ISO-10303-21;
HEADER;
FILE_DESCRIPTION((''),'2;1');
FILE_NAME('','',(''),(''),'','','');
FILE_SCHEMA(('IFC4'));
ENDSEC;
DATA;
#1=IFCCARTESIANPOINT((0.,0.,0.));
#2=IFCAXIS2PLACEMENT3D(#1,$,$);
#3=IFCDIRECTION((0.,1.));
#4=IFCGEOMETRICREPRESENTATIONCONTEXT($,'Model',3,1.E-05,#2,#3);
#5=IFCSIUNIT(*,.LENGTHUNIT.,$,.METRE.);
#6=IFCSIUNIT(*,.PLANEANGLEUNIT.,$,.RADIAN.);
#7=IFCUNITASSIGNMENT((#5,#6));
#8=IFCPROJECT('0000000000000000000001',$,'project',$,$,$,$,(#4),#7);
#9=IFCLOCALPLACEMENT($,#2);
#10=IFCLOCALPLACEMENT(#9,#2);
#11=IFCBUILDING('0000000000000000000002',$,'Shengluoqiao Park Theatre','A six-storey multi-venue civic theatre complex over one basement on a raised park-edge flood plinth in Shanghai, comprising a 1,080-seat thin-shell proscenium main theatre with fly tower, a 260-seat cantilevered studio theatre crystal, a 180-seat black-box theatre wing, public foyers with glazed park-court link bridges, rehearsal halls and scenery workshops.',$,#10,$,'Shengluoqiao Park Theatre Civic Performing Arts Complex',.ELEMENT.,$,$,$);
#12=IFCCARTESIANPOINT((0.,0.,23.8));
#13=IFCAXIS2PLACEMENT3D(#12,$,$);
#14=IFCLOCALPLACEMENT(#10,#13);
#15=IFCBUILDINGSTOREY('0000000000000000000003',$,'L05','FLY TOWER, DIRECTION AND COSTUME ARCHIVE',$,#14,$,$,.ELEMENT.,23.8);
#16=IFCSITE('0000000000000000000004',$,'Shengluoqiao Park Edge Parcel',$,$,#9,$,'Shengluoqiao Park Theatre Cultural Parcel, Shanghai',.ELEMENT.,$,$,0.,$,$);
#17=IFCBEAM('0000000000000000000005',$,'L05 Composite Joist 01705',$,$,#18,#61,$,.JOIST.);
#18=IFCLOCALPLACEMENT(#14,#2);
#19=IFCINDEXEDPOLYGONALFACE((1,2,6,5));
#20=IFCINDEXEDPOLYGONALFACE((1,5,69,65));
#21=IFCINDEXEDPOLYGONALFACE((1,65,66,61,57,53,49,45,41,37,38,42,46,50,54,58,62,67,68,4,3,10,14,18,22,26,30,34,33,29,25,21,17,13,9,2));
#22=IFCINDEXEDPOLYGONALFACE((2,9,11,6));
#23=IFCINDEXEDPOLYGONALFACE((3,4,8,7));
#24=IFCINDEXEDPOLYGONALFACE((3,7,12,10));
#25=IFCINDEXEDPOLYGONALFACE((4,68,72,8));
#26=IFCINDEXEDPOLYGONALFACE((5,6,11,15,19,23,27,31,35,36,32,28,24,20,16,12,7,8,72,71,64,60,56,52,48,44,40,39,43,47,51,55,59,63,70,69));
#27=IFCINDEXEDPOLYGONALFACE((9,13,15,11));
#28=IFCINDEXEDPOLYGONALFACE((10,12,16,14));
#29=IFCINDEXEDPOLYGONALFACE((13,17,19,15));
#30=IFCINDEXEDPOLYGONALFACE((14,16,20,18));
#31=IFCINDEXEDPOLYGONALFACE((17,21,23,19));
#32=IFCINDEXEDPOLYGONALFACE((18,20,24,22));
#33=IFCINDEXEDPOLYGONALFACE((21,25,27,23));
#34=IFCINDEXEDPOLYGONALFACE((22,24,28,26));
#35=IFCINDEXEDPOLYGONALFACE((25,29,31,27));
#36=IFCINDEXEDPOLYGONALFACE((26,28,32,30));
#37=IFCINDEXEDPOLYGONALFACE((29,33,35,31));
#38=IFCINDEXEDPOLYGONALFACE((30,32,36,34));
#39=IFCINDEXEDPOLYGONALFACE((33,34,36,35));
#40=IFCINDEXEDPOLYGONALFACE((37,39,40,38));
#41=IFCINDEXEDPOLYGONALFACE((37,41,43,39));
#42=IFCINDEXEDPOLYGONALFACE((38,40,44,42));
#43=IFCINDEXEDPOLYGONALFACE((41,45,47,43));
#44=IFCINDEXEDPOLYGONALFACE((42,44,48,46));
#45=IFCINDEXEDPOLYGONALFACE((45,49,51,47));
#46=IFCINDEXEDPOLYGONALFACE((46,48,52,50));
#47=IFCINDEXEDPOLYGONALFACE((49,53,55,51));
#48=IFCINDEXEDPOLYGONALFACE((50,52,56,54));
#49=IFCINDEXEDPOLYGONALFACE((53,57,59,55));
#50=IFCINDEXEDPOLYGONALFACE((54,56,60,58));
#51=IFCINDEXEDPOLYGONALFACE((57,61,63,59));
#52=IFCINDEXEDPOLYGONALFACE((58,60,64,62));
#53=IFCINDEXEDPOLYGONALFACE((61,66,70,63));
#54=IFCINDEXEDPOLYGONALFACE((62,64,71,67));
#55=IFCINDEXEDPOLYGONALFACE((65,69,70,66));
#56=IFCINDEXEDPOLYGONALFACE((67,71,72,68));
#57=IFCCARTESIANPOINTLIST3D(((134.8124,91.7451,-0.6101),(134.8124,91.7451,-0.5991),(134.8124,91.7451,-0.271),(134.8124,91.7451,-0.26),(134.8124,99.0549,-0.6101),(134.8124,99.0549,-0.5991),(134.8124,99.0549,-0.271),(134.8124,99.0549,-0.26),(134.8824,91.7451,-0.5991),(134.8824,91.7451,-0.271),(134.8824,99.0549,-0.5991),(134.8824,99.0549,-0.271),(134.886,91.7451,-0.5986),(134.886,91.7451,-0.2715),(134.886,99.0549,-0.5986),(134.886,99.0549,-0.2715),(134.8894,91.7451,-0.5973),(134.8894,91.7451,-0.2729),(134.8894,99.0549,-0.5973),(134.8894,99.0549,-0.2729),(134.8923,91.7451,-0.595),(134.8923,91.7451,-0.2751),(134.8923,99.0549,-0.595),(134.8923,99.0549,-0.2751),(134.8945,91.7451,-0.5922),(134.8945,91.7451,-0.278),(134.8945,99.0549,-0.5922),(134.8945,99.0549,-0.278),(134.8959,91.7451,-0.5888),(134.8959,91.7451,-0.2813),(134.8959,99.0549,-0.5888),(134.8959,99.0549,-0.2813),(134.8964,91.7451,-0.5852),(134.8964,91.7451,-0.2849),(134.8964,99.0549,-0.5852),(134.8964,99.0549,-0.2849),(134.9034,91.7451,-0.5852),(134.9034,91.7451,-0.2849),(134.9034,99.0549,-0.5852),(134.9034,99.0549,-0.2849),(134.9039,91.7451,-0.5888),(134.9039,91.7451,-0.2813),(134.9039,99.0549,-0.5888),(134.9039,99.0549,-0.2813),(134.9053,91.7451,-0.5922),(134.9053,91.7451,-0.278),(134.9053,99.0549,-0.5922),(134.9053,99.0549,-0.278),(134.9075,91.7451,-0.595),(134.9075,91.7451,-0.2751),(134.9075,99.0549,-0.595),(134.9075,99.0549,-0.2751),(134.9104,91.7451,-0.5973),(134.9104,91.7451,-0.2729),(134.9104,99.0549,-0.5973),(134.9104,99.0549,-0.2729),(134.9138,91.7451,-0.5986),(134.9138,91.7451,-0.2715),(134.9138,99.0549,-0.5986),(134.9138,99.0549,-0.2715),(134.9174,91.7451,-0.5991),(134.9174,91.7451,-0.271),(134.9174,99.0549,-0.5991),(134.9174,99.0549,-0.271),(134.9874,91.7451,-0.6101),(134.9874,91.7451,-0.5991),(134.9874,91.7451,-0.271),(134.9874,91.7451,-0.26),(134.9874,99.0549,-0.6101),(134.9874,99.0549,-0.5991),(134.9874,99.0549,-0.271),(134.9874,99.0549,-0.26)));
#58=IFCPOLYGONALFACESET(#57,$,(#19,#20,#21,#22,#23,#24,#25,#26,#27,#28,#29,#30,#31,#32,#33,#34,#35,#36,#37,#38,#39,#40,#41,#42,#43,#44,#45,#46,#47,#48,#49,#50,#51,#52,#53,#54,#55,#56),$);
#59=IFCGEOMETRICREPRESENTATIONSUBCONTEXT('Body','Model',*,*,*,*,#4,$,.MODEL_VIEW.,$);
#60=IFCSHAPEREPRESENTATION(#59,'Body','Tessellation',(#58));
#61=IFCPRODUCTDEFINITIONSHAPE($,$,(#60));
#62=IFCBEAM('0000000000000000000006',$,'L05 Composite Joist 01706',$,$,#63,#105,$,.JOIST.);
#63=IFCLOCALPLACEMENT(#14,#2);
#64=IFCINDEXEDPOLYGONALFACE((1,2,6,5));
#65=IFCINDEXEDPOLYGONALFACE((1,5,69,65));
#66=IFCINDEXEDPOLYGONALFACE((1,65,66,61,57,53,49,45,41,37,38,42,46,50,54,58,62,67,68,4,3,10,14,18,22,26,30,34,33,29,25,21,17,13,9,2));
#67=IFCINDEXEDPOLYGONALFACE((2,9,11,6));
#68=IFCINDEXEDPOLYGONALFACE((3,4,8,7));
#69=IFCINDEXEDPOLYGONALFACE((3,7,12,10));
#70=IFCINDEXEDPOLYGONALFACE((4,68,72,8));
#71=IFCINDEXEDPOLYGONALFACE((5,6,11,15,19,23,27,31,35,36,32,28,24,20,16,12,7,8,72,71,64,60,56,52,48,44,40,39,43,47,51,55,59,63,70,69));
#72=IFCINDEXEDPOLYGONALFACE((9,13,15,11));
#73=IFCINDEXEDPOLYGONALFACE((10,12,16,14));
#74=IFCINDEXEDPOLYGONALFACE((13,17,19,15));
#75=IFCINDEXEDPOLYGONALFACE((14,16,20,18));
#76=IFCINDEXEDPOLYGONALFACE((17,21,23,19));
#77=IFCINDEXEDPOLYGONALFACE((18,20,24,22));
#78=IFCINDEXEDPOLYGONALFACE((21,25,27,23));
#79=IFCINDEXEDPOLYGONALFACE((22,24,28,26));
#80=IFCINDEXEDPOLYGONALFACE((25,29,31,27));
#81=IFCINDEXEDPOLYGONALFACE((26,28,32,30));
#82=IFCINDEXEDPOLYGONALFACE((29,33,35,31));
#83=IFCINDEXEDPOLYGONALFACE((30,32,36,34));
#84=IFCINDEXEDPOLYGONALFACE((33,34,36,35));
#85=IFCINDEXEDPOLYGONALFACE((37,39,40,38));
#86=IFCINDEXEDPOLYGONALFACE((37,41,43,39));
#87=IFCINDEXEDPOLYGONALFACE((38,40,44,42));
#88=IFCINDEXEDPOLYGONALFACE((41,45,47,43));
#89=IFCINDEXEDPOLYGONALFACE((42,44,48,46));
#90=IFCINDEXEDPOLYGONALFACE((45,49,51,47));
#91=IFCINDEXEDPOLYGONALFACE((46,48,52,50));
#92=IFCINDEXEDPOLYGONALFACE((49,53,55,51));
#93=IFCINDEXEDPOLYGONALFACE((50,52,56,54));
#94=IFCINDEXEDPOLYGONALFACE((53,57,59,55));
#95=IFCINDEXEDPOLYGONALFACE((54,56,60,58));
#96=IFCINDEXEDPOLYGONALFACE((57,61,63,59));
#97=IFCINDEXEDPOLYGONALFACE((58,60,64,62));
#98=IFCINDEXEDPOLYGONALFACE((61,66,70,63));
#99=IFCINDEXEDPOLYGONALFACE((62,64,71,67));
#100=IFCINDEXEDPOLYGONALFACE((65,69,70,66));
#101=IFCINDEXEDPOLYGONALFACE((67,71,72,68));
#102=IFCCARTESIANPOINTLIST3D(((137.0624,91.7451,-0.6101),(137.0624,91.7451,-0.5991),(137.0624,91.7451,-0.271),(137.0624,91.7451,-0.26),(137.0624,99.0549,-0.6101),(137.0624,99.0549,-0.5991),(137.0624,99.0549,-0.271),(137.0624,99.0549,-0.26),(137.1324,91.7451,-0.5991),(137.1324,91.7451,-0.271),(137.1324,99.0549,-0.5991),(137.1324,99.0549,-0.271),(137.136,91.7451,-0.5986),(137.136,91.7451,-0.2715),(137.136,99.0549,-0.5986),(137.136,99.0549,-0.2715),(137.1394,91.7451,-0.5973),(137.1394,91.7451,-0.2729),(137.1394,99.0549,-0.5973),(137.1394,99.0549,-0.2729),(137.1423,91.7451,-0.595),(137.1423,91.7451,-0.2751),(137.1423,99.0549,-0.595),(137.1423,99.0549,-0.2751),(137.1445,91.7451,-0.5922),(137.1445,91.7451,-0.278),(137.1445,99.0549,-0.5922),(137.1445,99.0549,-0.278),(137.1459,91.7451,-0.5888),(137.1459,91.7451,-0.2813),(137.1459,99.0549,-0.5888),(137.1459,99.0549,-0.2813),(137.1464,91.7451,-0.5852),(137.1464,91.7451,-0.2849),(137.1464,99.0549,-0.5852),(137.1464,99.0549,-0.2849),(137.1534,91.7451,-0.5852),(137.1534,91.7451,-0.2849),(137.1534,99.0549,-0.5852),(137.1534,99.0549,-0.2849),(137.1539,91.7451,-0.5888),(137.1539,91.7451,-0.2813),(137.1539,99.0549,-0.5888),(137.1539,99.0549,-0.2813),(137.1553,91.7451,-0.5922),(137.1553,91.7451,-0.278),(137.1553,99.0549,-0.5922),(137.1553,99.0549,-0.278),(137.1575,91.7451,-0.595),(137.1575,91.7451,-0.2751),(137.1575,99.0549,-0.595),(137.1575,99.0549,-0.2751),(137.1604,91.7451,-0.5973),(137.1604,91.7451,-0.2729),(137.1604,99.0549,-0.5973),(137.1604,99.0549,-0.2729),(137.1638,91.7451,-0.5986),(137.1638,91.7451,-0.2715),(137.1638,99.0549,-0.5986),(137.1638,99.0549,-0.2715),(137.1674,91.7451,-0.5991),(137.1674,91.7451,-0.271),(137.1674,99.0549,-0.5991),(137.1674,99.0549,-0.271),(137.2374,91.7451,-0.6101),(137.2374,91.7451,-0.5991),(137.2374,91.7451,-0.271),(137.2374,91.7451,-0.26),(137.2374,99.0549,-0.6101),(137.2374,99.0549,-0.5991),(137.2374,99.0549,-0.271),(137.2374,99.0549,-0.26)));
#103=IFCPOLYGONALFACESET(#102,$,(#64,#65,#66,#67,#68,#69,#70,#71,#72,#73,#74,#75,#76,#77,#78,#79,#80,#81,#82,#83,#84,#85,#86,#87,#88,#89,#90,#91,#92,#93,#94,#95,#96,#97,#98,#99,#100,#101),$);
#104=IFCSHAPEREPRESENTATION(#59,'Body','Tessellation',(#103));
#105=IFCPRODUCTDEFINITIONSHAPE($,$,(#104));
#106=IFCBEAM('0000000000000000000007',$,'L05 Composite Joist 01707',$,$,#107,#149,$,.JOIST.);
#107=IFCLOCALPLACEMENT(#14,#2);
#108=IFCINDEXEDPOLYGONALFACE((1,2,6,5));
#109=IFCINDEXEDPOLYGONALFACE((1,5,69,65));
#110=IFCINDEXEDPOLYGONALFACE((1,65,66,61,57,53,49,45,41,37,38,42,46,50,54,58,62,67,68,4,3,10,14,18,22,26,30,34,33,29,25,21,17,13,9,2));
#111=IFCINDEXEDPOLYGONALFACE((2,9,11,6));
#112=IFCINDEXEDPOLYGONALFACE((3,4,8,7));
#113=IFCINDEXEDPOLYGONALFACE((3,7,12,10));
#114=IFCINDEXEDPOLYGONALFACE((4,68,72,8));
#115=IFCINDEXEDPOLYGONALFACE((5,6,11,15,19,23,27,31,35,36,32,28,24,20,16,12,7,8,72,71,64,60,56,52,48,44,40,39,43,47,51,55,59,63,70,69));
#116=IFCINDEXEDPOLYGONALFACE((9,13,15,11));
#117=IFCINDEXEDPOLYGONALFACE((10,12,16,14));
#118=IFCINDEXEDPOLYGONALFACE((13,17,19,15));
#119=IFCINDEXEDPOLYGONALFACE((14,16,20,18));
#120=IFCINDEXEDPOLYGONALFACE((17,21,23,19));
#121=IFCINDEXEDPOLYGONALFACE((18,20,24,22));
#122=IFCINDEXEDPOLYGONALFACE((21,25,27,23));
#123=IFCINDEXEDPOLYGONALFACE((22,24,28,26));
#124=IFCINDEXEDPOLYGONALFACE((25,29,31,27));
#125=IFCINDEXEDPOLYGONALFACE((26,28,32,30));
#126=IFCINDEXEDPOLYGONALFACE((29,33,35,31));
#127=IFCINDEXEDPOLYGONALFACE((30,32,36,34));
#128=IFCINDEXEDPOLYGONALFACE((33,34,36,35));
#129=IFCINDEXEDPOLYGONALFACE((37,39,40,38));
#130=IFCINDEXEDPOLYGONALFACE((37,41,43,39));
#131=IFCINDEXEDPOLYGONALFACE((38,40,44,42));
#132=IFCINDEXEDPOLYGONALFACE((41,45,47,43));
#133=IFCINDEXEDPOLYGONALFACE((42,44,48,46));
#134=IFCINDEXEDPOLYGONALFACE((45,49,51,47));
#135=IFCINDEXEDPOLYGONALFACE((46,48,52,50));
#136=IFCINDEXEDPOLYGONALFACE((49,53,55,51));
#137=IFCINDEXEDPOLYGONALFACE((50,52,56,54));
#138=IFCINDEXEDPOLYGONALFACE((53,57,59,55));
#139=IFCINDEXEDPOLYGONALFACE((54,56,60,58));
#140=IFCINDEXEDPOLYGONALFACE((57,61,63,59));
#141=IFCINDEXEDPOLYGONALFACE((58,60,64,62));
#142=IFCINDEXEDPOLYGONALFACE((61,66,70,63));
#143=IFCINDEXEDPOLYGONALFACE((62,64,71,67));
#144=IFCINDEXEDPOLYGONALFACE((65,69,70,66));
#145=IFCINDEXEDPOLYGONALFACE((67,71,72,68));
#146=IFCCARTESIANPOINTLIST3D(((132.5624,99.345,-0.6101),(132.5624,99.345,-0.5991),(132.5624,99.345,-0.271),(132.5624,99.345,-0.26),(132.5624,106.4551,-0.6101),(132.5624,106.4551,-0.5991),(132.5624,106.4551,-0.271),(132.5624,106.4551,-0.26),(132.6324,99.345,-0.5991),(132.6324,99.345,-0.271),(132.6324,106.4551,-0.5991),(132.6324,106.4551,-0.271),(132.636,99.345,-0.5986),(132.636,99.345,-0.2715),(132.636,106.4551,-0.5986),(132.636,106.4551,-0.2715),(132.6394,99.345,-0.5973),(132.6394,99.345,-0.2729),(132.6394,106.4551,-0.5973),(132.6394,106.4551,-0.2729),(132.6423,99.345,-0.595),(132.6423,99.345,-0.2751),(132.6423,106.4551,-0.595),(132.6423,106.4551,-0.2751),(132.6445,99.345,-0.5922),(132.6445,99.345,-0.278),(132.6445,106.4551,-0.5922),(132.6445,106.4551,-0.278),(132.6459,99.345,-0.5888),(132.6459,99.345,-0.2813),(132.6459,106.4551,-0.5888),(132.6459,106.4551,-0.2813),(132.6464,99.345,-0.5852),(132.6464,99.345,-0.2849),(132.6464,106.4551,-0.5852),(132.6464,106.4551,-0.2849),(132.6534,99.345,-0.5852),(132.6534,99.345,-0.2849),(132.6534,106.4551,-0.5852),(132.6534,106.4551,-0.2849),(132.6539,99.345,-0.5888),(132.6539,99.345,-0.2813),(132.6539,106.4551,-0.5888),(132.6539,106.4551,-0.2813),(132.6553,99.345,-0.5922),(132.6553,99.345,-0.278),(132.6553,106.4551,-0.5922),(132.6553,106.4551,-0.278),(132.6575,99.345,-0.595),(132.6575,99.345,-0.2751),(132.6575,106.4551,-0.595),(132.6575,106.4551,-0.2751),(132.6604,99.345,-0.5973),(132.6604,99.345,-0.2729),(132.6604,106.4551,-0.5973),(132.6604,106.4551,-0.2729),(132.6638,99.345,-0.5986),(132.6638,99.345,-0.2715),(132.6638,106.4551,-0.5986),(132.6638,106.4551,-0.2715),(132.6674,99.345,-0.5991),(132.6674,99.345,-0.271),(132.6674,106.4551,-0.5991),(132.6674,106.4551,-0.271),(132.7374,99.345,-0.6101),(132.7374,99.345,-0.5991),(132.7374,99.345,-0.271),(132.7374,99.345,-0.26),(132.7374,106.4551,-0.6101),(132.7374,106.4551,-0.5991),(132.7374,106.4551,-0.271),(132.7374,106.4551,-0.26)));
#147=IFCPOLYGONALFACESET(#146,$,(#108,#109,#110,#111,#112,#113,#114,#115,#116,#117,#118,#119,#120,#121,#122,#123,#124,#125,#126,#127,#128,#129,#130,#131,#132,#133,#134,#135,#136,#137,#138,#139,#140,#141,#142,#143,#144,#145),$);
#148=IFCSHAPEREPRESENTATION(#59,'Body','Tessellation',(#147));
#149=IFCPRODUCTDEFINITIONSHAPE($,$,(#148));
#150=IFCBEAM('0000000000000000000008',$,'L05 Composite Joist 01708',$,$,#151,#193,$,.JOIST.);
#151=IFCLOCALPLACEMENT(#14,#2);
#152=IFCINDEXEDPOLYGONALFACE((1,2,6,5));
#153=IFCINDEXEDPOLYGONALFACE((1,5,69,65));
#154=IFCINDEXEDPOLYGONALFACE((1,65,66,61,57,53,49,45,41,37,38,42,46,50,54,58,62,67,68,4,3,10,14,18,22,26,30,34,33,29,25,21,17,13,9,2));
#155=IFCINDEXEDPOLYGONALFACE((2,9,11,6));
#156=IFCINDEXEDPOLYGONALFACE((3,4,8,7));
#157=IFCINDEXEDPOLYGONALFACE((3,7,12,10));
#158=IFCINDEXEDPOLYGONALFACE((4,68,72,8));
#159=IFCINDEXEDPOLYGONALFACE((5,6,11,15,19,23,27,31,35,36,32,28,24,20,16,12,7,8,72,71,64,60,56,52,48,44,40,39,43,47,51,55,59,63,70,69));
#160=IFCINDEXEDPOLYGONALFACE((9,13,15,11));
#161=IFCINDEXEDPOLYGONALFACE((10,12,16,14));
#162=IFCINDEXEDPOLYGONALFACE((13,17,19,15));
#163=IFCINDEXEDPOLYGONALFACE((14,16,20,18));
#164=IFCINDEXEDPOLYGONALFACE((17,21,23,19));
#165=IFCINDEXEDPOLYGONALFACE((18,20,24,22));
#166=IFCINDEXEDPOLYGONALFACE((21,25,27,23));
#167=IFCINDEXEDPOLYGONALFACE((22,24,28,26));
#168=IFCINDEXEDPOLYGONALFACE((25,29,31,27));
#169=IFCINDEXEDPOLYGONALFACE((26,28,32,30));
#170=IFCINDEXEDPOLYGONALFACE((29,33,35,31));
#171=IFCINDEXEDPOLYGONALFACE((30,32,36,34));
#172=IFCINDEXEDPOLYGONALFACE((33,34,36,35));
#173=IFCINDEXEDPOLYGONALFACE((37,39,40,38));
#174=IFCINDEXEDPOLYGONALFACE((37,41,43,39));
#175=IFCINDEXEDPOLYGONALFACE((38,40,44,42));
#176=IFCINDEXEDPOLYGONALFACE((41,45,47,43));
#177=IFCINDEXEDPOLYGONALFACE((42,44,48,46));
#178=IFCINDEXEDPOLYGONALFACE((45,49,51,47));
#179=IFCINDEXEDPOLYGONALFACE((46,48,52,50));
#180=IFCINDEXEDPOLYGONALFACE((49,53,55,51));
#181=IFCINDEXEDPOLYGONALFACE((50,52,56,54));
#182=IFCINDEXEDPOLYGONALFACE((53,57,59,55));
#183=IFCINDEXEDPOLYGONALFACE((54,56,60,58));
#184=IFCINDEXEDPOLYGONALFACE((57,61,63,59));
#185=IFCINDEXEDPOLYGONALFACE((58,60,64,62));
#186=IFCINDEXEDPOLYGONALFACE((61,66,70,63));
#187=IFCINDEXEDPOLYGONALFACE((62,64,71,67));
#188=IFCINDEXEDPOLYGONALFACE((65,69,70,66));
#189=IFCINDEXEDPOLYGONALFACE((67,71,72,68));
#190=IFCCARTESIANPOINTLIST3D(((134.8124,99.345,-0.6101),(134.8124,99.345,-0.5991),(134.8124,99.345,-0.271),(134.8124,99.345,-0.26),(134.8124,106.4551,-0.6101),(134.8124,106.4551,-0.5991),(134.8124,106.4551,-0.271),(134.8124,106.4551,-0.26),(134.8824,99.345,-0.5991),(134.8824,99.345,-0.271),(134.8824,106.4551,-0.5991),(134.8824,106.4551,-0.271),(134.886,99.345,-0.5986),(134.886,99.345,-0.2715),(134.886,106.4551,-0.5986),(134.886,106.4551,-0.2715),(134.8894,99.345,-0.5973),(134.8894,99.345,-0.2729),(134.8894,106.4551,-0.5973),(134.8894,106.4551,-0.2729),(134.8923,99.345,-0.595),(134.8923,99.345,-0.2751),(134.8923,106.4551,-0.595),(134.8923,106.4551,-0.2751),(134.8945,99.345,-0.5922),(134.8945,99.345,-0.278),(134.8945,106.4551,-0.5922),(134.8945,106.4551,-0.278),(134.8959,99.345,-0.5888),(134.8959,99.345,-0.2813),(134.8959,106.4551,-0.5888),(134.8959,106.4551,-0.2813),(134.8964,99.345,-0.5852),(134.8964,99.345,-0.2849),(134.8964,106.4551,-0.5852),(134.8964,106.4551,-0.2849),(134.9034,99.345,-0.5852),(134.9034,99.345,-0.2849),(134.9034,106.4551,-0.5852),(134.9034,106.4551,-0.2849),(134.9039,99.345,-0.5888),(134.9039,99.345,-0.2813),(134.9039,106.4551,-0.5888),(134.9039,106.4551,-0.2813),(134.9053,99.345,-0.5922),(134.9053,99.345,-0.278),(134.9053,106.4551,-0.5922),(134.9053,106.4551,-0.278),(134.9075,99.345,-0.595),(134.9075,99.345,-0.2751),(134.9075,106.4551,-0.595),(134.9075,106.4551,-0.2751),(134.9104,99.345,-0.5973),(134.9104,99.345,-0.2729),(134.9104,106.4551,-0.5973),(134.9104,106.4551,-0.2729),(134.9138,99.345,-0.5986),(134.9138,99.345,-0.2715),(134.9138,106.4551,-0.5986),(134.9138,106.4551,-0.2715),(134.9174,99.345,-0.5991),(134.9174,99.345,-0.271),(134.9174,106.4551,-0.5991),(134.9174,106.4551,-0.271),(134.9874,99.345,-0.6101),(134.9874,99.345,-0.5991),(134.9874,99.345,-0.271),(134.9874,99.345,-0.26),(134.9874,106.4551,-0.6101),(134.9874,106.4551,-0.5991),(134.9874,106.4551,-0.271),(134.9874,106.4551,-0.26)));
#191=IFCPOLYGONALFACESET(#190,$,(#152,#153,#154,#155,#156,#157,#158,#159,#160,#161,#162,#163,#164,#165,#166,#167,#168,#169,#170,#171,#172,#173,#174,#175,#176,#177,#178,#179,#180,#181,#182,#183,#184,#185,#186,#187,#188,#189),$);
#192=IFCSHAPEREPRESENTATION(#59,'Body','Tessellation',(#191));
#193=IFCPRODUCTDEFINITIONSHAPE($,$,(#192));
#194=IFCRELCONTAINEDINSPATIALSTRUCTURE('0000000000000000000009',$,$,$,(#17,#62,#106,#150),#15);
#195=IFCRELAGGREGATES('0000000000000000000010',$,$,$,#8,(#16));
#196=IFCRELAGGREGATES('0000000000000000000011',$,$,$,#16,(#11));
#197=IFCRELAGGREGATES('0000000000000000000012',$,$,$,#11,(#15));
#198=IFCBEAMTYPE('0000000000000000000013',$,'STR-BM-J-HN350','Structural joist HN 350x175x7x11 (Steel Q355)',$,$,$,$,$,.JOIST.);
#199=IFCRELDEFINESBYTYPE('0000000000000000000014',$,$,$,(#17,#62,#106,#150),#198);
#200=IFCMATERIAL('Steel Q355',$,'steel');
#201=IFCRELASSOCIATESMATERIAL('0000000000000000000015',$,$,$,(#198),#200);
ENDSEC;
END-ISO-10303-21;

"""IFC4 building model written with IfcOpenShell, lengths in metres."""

from ifc_helpers import new_model, si_unit, direction, frame, origin, origin_2d, place, context, subcontext, project, spatial, i_section, extrude, material, material_profile, profile_set, type_object, element, save


model = new_model("IFC4")

# Units and contexts
model_context = context("Model", 3, precision=1e-05, world=origin(), true_north=direction((0.0, 1.0)))
body_context = subcontext(model_context, "Body", "Model", "MODEL_VIEW")
ifc_project = project(units=[si_unit("LENGTHUNIT", "METRE"), si_unit("PLANEANGLEUNIT", "RADIAN")], contexts=[model_context])

# Site, building, storey
site_placement = place(None, origin())
site = spatial("IfcSite", under=ifc_project, at=site_placement, Name="Shengluoqiao Park Edge Parcel", LongName="Shengluoqiao Park Theatre Cultural Parcel, Shanghai", CompositionType="ELEMENT", RefElevation=0.0)
building_placement = place(site_placement, origin())
building = spatial("IfcBuilding", under=site, at=building_placement, Name="Shengluoqiao Park Theatre", Description="A six-storey multi-venue civic theatre complex over one basement on a raised park-edge flood plinth in Shanghai, comprising a 1,080-seat thin-shell proscenium main theatre with fly tower, a 260-seat cantilevered studio theatre crystal, a 180-seat black-box theatre wing, public foyers with glazed park-court link bridges, rehearsal halls and scenery workshops.", LongName="Shengluoqiao Park Theatre Civic Performing Arts Complex", CompositionType="ELEMENT")
storey_placement = place(building_placement, frame((0.0, 0.0, 23.8)))
storey = spatial("IfcBuildingStorey", under=building, at=storey_placement, Name="L05", Description="FLY TOWER, DIRECTION AND COSTUME ARCHIVE", CompositionType="ELEMENT", Elevation=23.8)

# Shared definitions
ifc_material_1 = material(Name="Steel Q355", Category="steel")

# Beams
ifc_material_profile_1 = material_profile(ifc_material_1, i_section(OverallWidth=0.175, OverallDepth=0.3501, WebThickness=0.0071, FlangeThickness=0.011, FilletRadius=0.0139, at=origin_2d()), Name="HN 350x175x7x11")
ifc_profile_set_1 = profile_set([ifc_material_profile_1], Name="Steel Q355")
beam_type_1 = type_object("IfcBeamType", Name="STR-BM-J-HN350", Description="Structural joist HN 350x175x7x11 (Steel Q355)", PredefinedType="JOIST", material=ifc_profile_set_1)
for number, where, z_axis, x_axis, name in (
    (1, (134.8999, 91.7451, -0.4351), (0.0, 1.0, 0.0), (-1.0, 0.0, 0.0), "L05 Composite Joist 01705"),
    (2, (137.1499, 91.7451, -0.4351), (0.0, 1.0, 0.0), (-1.0, 0.0, 0.0), "L05 Composite Joist 01706"),
):
    element("IfcBeam", number, at=place(storey_placement, frame(where, z_axis=z_axis, x_axis=x_axis)), inside=storey, type_object=beam_type_1, Name=name, PredefinedType="JOIST", context=body_context, shape_type="SweptSolid", body=[
        extrude(i_section(OverallWidth=0.175, OverallDepth=0.3501, WebThickness=0.0071, FlangeThickness=0.011, FilletRadius=0.0139, at=origin_2d()), origin(), (0.0, 0.0, 1.0), 7.3098),
    ])
for number, where, z_axis, x_axis, name in (
    (3, (132.6499, 99.345, -0.4351), (0.0, 1.0, 0.0), (-1.0, 0.0, 0.0), "L05 Composite Joist 01707"),
    (4, (134.8999, 99.345, -0.4351), (0.0, 1.0, 0.0), (-1.0, 0.0, 0.0), "L05 Composite Joist 01708"),
):
    element("IfcBeam", number, at=place(storey_placement, frame(where, z_axis=z_axis, x_axis=x_axis)), inside=storey, type_object=beam_type_1, Name=name, PredefinedType="JOIST", context=body_context, shape_type="SweptSolid", body=[
        extrude(i_section(OverallWidth=0.175, OverallDepth=0.3501, WebThickness=0.0071, FlangeThickness=0.011, FilletRadius=0.0139, at=origin_2d()), origin(), (0.0, 0.0, 1.0), 7.1101),
    ])

save(model, "model.ifc")
